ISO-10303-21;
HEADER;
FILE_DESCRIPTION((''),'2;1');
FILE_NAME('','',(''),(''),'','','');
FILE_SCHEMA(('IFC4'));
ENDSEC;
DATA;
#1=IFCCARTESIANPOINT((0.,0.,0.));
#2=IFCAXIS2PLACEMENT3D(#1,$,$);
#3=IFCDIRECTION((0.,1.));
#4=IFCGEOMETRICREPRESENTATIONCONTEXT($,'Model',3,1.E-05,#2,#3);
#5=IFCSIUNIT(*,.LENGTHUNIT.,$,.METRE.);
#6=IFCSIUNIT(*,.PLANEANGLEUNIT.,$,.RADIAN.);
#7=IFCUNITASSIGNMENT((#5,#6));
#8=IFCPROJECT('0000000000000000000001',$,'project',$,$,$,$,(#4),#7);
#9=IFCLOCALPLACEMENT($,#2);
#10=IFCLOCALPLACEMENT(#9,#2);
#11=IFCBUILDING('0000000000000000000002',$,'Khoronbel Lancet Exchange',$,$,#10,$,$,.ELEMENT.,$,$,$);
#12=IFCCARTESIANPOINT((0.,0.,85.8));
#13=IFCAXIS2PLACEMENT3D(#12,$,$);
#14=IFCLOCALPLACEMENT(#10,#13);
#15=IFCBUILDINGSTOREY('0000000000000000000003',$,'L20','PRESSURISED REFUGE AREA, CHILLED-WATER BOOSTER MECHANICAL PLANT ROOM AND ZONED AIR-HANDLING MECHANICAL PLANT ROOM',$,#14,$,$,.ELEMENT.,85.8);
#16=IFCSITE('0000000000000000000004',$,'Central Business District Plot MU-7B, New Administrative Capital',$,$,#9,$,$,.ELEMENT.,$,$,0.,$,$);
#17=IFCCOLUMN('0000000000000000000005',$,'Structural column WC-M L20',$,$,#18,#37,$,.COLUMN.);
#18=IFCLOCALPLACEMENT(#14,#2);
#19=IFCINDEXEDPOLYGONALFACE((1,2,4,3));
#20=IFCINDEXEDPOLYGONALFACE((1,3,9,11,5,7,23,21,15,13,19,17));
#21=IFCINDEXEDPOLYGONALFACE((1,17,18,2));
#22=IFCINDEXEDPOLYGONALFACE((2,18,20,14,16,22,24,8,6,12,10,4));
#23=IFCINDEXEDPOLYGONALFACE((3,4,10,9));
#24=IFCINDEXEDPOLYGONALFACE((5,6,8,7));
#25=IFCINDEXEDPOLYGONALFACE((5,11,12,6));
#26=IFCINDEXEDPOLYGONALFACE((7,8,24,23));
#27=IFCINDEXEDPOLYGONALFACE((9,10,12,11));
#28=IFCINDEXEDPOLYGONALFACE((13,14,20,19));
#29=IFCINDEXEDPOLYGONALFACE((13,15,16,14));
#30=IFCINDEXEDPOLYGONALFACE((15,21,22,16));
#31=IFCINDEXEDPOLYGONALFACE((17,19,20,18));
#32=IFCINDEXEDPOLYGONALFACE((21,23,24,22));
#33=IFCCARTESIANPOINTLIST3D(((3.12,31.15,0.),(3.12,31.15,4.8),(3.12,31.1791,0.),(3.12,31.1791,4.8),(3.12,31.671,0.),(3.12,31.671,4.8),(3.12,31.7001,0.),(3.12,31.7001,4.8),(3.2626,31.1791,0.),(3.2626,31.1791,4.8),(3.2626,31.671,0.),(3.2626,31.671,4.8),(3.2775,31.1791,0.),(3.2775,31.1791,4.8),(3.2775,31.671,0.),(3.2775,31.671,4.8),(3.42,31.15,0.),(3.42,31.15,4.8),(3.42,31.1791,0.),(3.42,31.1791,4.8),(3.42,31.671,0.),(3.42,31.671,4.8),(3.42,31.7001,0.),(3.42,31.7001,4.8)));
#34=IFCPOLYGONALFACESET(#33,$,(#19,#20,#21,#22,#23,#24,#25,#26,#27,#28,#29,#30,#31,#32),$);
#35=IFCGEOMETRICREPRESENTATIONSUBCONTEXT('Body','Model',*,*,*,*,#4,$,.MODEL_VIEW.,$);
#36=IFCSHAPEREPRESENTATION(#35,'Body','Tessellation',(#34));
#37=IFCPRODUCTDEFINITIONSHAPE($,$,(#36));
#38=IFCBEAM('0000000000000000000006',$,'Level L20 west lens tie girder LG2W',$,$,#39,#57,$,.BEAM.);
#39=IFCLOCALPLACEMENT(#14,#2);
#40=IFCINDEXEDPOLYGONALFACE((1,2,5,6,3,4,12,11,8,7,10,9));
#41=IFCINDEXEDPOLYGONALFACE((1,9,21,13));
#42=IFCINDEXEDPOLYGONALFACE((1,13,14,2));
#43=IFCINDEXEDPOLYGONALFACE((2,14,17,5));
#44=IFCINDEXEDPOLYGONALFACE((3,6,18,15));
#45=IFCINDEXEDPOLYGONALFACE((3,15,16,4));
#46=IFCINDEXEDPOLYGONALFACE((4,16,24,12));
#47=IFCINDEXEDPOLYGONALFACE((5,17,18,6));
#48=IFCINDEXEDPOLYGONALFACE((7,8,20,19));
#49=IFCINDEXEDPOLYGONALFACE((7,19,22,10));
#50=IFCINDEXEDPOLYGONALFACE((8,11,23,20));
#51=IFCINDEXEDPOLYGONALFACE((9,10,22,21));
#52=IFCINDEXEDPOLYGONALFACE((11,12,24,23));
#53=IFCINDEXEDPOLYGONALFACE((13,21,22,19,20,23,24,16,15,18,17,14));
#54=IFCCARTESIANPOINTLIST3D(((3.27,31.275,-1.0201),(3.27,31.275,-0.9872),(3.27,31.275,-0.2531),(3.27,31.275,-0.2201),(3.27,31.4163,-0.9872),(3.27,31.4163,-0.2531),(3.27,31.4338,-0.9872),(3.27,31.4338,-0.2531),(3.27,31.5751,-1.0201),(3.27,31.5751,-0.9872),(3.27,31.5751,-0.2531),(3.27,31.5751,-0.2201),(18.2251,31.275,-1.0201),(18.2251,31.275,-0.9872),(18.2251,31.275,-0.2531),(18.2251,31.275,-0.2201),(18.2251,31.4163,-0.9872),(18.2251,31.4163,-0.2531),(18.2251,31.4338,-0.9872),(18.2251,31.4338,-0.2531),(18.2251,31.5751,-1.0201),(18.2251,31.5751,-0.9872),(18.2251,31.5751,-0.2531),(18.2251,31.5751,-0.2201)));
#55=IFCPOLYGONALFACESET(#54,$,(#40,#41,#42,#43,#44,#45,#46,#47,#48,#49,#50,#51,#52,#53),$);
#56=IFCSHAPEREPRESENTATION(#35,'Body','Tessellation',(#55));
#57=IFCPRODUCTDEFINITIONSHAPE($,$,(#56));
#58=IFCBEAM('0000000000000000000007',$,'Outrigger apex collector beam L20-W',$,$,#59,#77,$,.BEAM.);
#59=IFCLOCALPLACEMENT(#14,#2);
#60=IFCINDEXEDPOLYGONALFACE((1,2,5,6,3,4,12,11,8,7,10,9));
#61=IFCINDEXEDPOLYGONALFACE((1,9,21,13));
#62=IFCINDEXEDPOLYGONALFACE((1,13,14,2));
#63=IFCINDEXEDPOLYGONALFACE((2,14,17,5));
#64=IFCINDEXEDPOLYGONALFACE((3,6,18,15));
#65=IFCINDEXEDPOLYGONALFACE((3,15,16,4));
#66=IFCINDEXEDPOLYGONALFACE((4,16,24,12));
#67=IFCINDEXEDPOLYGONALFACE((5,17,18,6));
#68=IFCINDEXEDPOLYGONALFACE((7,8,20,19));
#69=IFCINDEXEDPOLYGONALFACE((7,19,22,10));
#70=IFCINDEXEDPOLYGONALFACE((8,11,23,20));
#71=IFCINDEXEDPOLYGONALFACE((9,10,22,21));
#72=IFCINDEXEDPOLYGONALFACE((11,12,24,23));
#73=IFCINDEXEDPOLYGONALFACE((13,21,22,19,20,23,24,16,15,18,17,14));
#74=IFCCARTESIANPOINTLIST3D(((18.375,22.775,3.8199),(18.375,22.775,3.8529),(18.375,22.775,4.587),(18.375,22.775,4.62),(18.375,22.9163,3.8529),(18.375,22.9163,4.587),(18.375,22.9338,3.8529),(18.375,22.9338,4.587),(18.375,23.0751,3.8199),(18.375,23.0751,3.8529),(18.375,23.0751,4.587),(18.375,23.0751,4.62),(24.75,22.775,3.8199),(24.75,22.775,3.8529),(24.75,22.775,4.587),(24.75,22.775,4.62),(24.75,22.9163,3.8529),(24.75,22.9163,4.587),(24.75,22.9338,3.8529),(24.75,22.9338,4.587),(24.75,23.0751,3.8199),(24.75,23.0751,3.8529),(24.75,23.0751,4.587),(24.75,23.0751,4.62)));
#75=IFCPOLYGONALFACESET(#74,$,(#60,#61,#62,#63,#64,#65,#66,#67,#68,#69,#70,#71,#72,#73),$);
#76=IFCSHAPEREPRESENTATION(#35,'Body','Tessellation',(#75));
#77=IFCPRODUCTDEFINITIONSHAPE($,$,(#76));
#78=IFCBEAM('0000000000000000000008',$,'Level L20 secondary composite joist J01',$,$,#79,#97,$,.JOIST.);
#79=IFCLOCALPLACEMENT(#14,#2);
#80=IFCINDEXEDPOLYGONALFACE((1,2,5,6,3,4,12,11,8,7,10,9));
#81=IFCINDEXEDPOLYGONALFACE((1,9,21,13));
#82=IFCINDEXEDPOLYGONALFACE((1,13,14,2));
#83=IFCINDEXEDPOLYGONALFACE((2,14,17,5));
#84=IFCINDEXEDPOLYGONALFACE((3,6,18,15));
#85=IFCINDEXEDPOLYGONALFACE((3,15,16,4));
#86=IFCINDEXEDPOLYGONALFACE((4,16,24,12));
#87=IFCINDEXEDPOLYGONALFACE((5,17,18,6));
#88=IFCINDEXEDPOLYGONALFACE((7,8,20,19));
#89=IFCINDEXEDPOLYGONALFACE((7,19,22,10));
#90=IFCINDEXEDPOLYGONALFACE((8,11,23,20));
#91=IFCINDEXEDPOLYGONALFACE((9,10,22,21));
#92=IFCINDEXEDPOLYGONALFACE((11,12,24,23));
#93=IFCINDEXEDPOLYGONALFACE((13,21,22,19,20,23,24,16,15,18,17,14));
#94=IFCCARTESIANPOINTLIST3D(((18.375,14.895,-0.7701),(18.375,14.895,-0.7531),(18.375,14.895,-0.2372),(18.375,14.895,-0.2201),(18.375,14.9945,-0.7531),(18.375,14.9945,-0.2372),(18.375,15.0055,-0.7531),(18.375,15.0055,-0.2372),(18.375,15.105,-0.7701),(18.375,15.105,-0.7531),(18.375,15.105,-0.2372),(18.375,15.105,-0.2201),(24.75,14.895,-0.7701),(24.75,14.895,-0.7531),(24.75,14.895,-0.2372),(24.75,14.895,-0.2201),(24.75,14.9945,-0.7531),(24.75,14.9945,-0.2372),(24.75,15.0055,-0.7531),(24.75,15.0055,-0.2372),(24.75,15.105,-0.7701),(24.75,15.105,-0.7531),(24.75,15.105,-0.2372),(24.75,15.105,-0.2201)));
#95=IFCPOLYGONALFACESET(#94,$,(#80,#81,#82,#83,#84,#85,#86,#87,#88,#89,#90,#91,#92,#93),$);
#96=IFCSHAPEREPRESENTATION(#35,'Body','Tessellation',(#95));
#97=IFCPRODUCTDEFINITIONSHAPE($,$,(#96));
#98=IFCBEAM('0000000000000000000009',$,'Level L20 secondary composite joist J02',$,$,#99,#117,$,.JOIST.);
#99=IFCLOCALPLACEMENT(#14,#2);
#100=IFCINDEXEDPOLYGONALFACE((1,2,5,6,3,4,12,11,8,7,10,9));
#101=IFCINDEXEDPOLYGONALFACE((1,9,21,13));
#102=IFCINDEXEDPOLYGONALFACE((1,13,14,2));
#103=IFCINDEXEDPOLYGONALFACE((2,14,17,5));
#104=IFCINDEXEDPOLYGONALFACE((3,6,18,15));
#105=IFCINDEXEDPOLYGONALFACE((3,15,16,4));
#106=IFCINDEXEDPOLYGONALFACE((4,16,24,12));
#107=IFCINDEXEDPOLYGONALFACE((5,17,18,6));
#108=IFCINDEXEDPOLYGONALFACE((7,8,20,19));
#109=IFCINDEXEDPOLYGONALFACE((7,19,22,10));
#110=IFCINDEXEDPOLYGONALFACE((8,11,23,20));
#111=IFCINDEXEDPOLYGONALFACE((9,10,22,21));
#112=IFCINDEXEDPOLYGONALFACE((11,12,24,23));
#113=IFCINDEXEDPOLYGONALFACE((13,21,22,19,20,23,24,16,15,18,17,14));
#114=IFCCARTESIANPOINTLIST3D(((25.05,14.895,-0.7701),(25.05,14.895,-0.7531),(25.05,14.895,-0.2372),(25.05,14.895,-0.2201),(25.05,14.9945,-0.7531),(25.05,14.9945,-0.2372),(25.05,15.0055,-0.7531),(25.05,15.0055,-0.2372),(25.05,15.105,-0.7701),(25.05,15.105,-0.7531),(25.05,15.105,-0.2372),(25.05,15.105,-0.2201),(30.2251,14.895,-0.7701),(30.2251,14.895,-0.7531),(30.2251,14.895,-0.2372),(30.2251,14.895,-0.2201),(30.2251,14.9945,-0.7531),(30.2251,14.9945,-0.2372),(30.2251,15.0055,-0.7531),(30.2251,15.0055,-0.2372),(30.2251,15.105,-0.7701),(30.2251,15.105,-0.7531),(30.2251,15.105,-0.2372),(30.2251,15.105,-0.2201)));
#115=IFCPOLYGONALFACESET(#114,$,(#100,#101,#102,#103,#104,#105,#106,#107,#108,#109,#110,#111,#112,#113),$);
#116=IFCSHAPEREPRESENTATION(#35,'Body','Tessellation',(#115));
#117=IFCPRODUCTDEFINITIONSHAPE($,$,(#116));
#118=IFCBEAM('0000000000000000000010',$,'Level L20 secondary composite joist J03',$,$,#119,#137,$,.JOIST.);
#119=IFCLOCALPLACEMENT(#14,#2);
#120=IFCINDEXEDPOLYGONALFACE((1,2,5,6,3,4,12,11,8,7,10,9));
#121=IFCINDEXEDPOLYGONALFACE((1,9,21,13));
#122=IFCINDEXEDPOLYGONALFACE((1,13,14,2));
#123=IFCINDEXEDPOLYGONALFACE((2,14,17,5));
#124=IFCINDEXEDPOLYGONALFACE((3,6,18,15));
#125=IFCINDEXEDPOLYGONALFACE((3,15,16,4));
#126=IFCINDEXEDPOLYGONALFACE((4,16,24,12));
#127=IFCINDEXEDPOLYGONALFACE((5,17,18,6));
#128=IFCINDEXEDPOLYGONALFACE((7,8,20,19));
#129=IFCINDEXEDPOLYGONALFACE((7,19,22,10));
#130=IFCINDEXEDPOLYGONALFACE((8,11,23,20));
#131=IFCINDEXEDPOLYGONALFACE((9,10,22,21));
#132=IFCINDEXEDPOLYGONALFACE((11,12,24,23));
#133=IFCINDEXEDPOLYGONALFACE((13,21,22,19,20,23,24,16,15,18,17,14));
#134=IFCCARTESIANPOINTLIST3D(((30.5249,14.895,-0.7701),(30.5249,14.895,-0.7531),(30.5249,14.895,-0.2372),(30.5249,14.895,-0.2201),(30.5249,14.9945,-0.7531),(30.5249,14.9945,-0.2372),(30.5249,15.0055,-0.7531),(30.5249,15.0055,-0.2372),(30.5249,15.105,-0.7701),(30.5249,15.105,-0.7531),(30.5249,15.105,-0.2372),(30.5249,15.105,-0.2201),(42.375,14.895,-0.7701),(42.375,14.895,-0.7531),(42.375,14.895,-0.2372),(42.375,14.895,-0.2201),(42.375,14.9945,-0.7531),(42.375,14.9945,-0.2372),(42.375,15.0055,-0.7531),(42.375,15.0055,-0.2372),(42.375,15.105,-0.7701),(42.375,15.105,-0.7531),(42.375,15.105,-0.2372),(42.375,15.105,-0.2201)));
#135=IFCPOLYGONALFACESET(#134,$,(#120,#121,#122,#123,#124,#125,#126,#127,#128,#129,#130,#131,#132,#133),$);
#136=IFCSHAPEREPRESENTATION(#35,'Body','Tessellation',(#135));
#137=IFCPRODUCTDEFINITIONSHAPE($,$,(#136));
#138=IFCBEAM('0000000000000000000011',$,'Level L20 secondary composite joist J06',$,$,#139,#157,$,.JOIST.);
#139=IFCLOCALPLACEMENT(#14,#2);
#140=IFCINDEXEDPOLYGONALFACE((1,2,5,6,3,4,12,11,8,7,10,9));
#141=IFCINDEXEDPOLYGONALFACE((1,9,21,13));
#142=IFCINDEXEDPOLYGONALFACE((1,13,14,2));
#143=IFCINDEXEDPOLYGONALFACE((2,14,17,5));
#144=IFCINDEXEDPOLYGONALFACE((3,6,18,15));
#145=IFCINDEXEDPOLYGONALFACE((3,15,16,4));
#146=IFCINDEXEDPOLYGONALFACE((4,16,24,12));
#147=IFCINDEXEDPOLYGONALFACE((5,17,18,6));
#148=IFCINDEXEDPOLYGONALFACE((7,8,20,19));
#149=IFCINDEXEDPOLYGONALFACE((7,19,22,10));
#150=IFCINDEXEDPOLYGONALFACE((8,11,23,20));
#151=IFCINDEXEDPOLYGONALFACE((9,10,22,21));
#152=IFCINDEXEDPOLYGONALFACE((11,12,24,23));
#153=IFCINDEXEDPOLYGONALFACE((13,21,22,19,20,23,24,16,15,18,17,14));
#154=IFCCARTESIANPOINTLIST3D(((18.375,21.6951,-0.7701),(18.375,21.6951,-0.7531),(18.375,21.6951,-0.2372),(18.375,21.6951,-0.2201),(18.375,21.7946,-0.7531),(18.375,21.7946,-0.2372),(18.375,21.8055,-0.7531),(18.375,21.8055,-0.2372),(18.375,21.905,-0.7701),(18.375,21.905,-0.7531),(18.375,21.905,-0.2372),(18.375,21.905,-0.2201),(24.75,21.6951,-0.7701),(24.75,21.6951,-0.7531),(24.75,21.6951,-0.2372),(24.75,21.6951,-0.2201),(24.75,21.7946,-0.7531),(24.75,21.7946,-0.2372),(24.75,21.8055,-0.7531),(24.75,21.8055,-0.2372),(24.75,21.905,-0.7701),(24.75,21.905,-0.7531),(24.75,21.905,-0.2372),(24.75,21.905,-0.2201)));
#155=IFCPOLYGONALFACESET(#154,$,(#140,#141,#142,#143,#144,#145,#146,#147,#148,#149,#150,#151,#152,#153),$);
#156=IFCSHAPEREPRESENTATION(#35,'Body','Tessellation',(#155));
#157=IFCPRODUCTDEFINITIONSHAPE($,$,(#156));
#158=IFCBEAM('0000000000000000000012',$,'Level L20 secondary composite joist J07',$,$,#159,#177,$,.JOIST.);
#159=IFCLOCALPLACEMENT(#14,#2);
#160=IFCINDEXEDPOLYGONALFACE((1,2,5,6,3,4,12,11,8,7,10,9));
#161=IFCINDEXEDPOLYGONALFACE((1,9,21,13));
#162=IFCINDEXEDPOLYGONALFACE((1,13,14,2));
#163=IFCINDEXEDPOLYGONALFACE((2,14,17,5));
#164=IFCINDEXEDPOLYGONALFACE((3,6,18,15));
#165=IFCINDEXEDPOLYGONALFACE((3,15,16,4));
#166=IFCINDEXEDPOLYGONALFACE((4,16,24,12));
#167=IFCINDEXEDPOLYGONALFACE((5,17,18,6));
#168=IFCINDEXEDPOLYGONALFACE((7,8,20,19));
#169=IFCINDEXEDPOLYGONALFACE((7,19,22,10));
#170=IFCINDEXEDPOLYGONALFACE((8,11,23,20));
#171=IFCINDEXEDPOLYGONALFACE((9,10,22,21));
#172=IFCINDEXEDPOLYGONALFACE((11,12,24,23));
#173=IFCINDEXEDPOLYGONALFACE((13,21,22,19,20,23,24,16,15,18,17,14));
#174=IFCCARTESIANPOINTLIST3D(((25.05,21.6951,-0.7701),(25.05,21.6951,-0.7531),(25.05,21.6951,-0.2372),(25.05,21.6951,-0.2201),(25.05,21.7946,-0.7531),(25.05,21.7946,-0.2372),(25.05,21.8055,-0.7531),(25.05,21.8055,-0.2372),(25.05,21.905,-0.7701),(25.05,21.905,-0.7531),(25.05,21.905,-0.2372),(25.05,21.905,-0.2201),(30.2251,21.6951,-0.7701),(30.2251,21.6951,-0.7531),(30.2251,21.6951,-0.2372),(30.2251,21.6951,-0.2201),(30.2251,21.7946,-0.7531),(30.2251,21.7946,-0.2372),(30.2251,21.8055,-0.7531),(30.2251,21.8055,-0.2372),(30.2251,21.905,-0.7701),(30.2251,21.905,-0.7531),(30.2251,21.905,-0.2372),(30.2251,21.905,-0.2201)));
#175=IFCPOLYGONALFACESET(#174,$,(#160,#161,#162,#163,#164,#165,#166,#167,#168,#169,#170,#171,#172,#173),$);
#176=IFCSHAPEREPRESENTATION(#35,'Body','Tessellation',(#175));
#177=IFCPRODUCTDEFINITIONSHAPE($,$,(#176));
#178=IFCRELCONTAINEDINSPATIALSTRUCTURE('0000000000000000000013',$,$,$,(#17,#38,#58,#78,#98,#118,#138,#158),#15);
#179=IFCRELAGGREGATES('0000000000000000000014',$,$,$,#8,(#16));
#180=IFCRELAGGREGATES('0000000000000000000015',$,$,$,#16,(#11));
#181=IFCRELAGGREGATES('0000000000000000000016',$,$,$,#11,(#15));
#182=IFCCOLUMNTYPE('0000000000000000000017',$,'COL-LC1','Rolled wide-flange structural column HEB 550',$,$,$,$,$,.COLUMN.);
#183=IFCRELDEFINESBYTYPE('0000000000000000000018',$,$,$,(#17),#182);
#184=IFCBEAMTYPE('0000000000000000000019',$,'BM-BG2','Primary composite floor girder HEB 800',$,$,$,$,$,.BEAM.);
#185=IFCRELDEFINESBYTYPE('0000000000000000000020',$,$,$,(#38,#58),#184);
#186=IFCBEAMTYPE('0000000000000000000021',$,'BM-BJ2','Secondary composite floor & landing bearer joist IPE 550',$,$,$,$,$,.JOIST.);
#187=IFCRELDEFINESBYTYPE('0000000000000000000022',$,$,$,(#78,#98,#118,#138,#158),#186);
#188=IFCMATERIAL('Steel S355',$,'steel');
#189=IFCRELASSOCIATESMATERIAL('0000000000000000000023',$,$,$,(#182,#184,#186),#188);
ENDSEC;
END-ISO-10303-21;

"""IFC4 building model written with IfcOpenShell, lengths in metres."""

from ifc_helpers import new_model, si_unit, direction, frame, origin, origin_2d, place, context, subcontext, project, spatial, i_section, extrude, material, material_profile, profile_set, type_object, element, save


model = new_model("IFC4")

# Units and contexts
model_context = context("Model", 3, precision=1e-05, world=origin(), true_north=direction((0.0, 1.0)))
body_context = subcontext(model_context, "Body", "Model", "MODEL_VIEW")
ifc_project = project(units=[si_unit("LENGTHUNIT", "METRE"), si_unit("PLANEANGLEUNIT", "RADIAN")], contexts=[model_context])

# Site, building, storey
site_placement = place(None, origin())
site = spatial("IfcSite", under=ifc_project, at=site_placement, Name="Central Business District Plot MU-7B, New Administrative Capital", CompositionType="ELEMENT", RefElevation=0.0)
building_placement = place(site_placement, origin())
building = spatial("IfcBuilding", under=site, at=building_placement, Name="Khoronbel Lancet Exchange", CompositionType="ELEMENT")
storey_placement = place(building_placement, frame((0.0, 0.0, 85.8)))
storey = spatial("IfcBuildingStorey", under=building, at=storey_placement, Name="L20", Description="PRESSURISED REFUGE AREA, CHILLED-WATER BOOSTER MECHANICAL PLANT ROOM AND ZONED AIR-HANDLING MECHANICAL PLANT ROOM", CompositionType="ELEMENT", Elevation=85.8)

# Column
ifc_material_1 = material(Name="Steel S355", Category="steel")
ifc_material_profile_1 = material_profile(ifc_material_1, i_section(OverallWidth=0.3, OverallDepth=0.55, WebThickness=0.0149, FlangeThickness=0.0291, at=origin_2d()), Name="HEB 550")
ifc_profile_set_1 = profile_set([ifc_material_profile_1], Name="Steel S355")
column_type = type_object("IfcColumnType", Name="COL-LC1", Description="Rolled wide-flange structural column HEB 550", PredefinedType="COLUMN", material=ifc_profile_set_1)
column_placement = place(storey_placement, frame((3.27, 31.425, 0.0), z_axis=(0.0, 0.0, 1.0), x_axis=(1.0, 0.0, 0.0)))
element("IfcColumn", 1, at=column_placement, inside=storey, type_object=column_type, Name="Structural column WC-M L20", PredefinedType="COLUMN", context=body_context, shape_type="SweptSolid", body=[
    extrude(i_section(OverallWidth=0.3, OverallDepth=0.55, WebThickness=0.0149, FlangeThickness=0.0291, at=origin_2d()), origin(), (0.0, 0.0, 1.0), 4.8),
])

# Beams
ifc_material_profile_2 = material_profile(ifc_material_1, i_section(OverallWidth=0.3, OverallDepth=0.8, WebThickness=0.0176, FlangeThickness=0.033, at=origin_2d()), Name="HEB 800")
ifc_profile_set_2 = profile_set([ifc_material_profile_2], Name="Steel S355")
beam_type_1 = type_object("IfcBeamType", Name="BM-BG2", Description="Primary composite floor girder HEB 800", PredefinedType="BEAM", material=ifc_profile_set_2)
beam_1_placement = place(storey_placement, frame((3.27, 31.425, -0.6201), z_axis=(1.0, 0.0, 0.0), x_axis=(0.0, 1.0, 0.0)))
element("IfcBeam", 2, at=beam_1_placement, inside=storey, type_object=beam_type_1, Name="Level L20 west lens tie girder LG2W", PredefinedType="BEAM", context=body_context, shape_type="SweptSolid", body=[
    extrude(i_section(OverallWidth=0.3, OverallDepth=0.8, WebThickness=0.0176, FlangeThickness=0.033, at=origin_2d()), origin(), (0.0, 0.0, 1.0), 14.9551),
])
beam_2_placement = place(storey_placement, frame((18.375, 22.925, 4.22), z_axis=(1.0, 0.0, 0.0), x_axis=(0.0, 1.0, 0.0)))
element("IfcBeam", 3, at=beam_2_placement, inside=storey, type_object=beam_type_1, Name="Outrigger apex collector beam L20-W", PredefinedType="BEAM", context=body_context, shape_type="SweptSolid", body=[
    extrude(i_section(OverallWidth=0.3, OverallDepth=0.8, WebThickness=0.0176, FlangeThickness=0.033, at=origin_2d()), origin(), (0.0, 0.0, 1.0), 6.375),
])
ifc_material_profile_3 = material_profile(ifc_material_1, i_section(OverallWidth=0.21, OverallDepth=0.55, WebThickness=0.011, FlangeThickness=0.0171, at=origin_2d()), Name="IPE 550")
ifc_profile_set_3 = profile_set([ifc_material_profile_3], Name="Steel S355")
beam_type_2 = type_object("IfcBeamType", Name="BM-BJ2", Description="Secondary composite floor & landing bearer joist IPE 550", PredefinedType="JOIST", material=ifc_profile_set_3)
beam_3_placement = place(storey_placement, frame((18.375, 15.0, -0.4951), z_axis=(1.0, 0.0, 0.0), x_axis=(0.0, 1.0, 0.0)))
element("IfcBeam", 4, at=beam_3_placement, inside=storey, type_object=beam_type_2, Name="Level L20 secondary composite joist J01", PredefinedType="JOIST", context=body_context, shape_type="SweptSolid", body=[
    extrude(i_section(OverallWidth=0.21, OverallDepth=0.55, WebThickness=0.011, FlangeThickness=0.0171, at=origin_2d()), origin(), (0.0, 0.0, 1.0), 6.375),
])
beam_4_placement = place(storey_placement, frame((25.05, 15.0, -0.4951), z_axis=(1.0, 0.0, 0.0), x_axis=(0.0, 1.0, 0.0)))
element("IfcBeam", 5, at=beam_4_placement, inside=storey, type_object=beam_type_2, Name="Level L20 secondary composite joist J02", PredefinedType="JOIST", context=body_context, shape_type="SweptSolid", body=[
    extrude(i_section(OverallWidth=0.21, OverallDepth=0.55, WebThickness=0.011, FlangeThickness=0.0171, at=origin_2d()), origin(), (0.0, 0.0, 1.0), 5.175),
])
beam_5_placement = place(storey_placement, frame((30.5249, 15.0, -0.4951), z_axis=(1.0, 0.0, 0.0), x_axis=(0.0, 1.0, 0.0)))
element("IfcBeam", 6, at=beam_5_placement, inside=storey, type_object=beam_type_2, Name="Level L20 secondary composite joist J03", PredefinedType="JOIST", context=body_context, shape_type="SweptSolid", body=[
    extrude(i_section(OverallWidth=0.21, OverallDepth=0.55, WebThickness=0.011, FlangeThickness=0.0171, at=origin_2d()), origin(), (0.0, 0.0, 1.0), 11.8501),
])
beam_6_placement = place(storey_placement, frame((18.375, 21.8, -0.4951), z_axis=(1.0, 0.0, 0.0), x_axis=(0.0, 1.0, 0.0)))
element("IfcBeam", 7, at=beam_6_placement, inside=storey, type_object=beam_type_2, Name="Level L20 secondary composite joist J06", PredefinedType="JOIST", context=body_context, shape_type="SweptSolid", body=[
    extrude(i_section(OverallWidth=0.21, OverallDepth=0.55, WebThickness=0.011, FlangeThickness=0.0171, at=origin_2d()), origin(), (0.0, 0.0, 1.0), 6.375),
])
beam_7_placement = place(storey_placement, frame((25.05, 21.8, -0.4951), z_axis=(1.0, 0.0, 0.0), x_axis=(0.0, 1.0, 0.0)))
element("IfcBeam", 8, at=beam_7_placement, inside=storey, type_object=beam_type_2, Name="Level L20 secondary composite joist J07", PredefinedType="JOIST", context=body_context, shape_type="SweptSolid", body=[
    extrude(i_section(OverallWidth=0.21, OverallDepth=0.55, WebThickness=0.011, FlangeThickness=0.0171, at=origin_2d()), origin(), (0.0, 0.0, 1.0), 5.175),
])

save(model, "model.ifc")
